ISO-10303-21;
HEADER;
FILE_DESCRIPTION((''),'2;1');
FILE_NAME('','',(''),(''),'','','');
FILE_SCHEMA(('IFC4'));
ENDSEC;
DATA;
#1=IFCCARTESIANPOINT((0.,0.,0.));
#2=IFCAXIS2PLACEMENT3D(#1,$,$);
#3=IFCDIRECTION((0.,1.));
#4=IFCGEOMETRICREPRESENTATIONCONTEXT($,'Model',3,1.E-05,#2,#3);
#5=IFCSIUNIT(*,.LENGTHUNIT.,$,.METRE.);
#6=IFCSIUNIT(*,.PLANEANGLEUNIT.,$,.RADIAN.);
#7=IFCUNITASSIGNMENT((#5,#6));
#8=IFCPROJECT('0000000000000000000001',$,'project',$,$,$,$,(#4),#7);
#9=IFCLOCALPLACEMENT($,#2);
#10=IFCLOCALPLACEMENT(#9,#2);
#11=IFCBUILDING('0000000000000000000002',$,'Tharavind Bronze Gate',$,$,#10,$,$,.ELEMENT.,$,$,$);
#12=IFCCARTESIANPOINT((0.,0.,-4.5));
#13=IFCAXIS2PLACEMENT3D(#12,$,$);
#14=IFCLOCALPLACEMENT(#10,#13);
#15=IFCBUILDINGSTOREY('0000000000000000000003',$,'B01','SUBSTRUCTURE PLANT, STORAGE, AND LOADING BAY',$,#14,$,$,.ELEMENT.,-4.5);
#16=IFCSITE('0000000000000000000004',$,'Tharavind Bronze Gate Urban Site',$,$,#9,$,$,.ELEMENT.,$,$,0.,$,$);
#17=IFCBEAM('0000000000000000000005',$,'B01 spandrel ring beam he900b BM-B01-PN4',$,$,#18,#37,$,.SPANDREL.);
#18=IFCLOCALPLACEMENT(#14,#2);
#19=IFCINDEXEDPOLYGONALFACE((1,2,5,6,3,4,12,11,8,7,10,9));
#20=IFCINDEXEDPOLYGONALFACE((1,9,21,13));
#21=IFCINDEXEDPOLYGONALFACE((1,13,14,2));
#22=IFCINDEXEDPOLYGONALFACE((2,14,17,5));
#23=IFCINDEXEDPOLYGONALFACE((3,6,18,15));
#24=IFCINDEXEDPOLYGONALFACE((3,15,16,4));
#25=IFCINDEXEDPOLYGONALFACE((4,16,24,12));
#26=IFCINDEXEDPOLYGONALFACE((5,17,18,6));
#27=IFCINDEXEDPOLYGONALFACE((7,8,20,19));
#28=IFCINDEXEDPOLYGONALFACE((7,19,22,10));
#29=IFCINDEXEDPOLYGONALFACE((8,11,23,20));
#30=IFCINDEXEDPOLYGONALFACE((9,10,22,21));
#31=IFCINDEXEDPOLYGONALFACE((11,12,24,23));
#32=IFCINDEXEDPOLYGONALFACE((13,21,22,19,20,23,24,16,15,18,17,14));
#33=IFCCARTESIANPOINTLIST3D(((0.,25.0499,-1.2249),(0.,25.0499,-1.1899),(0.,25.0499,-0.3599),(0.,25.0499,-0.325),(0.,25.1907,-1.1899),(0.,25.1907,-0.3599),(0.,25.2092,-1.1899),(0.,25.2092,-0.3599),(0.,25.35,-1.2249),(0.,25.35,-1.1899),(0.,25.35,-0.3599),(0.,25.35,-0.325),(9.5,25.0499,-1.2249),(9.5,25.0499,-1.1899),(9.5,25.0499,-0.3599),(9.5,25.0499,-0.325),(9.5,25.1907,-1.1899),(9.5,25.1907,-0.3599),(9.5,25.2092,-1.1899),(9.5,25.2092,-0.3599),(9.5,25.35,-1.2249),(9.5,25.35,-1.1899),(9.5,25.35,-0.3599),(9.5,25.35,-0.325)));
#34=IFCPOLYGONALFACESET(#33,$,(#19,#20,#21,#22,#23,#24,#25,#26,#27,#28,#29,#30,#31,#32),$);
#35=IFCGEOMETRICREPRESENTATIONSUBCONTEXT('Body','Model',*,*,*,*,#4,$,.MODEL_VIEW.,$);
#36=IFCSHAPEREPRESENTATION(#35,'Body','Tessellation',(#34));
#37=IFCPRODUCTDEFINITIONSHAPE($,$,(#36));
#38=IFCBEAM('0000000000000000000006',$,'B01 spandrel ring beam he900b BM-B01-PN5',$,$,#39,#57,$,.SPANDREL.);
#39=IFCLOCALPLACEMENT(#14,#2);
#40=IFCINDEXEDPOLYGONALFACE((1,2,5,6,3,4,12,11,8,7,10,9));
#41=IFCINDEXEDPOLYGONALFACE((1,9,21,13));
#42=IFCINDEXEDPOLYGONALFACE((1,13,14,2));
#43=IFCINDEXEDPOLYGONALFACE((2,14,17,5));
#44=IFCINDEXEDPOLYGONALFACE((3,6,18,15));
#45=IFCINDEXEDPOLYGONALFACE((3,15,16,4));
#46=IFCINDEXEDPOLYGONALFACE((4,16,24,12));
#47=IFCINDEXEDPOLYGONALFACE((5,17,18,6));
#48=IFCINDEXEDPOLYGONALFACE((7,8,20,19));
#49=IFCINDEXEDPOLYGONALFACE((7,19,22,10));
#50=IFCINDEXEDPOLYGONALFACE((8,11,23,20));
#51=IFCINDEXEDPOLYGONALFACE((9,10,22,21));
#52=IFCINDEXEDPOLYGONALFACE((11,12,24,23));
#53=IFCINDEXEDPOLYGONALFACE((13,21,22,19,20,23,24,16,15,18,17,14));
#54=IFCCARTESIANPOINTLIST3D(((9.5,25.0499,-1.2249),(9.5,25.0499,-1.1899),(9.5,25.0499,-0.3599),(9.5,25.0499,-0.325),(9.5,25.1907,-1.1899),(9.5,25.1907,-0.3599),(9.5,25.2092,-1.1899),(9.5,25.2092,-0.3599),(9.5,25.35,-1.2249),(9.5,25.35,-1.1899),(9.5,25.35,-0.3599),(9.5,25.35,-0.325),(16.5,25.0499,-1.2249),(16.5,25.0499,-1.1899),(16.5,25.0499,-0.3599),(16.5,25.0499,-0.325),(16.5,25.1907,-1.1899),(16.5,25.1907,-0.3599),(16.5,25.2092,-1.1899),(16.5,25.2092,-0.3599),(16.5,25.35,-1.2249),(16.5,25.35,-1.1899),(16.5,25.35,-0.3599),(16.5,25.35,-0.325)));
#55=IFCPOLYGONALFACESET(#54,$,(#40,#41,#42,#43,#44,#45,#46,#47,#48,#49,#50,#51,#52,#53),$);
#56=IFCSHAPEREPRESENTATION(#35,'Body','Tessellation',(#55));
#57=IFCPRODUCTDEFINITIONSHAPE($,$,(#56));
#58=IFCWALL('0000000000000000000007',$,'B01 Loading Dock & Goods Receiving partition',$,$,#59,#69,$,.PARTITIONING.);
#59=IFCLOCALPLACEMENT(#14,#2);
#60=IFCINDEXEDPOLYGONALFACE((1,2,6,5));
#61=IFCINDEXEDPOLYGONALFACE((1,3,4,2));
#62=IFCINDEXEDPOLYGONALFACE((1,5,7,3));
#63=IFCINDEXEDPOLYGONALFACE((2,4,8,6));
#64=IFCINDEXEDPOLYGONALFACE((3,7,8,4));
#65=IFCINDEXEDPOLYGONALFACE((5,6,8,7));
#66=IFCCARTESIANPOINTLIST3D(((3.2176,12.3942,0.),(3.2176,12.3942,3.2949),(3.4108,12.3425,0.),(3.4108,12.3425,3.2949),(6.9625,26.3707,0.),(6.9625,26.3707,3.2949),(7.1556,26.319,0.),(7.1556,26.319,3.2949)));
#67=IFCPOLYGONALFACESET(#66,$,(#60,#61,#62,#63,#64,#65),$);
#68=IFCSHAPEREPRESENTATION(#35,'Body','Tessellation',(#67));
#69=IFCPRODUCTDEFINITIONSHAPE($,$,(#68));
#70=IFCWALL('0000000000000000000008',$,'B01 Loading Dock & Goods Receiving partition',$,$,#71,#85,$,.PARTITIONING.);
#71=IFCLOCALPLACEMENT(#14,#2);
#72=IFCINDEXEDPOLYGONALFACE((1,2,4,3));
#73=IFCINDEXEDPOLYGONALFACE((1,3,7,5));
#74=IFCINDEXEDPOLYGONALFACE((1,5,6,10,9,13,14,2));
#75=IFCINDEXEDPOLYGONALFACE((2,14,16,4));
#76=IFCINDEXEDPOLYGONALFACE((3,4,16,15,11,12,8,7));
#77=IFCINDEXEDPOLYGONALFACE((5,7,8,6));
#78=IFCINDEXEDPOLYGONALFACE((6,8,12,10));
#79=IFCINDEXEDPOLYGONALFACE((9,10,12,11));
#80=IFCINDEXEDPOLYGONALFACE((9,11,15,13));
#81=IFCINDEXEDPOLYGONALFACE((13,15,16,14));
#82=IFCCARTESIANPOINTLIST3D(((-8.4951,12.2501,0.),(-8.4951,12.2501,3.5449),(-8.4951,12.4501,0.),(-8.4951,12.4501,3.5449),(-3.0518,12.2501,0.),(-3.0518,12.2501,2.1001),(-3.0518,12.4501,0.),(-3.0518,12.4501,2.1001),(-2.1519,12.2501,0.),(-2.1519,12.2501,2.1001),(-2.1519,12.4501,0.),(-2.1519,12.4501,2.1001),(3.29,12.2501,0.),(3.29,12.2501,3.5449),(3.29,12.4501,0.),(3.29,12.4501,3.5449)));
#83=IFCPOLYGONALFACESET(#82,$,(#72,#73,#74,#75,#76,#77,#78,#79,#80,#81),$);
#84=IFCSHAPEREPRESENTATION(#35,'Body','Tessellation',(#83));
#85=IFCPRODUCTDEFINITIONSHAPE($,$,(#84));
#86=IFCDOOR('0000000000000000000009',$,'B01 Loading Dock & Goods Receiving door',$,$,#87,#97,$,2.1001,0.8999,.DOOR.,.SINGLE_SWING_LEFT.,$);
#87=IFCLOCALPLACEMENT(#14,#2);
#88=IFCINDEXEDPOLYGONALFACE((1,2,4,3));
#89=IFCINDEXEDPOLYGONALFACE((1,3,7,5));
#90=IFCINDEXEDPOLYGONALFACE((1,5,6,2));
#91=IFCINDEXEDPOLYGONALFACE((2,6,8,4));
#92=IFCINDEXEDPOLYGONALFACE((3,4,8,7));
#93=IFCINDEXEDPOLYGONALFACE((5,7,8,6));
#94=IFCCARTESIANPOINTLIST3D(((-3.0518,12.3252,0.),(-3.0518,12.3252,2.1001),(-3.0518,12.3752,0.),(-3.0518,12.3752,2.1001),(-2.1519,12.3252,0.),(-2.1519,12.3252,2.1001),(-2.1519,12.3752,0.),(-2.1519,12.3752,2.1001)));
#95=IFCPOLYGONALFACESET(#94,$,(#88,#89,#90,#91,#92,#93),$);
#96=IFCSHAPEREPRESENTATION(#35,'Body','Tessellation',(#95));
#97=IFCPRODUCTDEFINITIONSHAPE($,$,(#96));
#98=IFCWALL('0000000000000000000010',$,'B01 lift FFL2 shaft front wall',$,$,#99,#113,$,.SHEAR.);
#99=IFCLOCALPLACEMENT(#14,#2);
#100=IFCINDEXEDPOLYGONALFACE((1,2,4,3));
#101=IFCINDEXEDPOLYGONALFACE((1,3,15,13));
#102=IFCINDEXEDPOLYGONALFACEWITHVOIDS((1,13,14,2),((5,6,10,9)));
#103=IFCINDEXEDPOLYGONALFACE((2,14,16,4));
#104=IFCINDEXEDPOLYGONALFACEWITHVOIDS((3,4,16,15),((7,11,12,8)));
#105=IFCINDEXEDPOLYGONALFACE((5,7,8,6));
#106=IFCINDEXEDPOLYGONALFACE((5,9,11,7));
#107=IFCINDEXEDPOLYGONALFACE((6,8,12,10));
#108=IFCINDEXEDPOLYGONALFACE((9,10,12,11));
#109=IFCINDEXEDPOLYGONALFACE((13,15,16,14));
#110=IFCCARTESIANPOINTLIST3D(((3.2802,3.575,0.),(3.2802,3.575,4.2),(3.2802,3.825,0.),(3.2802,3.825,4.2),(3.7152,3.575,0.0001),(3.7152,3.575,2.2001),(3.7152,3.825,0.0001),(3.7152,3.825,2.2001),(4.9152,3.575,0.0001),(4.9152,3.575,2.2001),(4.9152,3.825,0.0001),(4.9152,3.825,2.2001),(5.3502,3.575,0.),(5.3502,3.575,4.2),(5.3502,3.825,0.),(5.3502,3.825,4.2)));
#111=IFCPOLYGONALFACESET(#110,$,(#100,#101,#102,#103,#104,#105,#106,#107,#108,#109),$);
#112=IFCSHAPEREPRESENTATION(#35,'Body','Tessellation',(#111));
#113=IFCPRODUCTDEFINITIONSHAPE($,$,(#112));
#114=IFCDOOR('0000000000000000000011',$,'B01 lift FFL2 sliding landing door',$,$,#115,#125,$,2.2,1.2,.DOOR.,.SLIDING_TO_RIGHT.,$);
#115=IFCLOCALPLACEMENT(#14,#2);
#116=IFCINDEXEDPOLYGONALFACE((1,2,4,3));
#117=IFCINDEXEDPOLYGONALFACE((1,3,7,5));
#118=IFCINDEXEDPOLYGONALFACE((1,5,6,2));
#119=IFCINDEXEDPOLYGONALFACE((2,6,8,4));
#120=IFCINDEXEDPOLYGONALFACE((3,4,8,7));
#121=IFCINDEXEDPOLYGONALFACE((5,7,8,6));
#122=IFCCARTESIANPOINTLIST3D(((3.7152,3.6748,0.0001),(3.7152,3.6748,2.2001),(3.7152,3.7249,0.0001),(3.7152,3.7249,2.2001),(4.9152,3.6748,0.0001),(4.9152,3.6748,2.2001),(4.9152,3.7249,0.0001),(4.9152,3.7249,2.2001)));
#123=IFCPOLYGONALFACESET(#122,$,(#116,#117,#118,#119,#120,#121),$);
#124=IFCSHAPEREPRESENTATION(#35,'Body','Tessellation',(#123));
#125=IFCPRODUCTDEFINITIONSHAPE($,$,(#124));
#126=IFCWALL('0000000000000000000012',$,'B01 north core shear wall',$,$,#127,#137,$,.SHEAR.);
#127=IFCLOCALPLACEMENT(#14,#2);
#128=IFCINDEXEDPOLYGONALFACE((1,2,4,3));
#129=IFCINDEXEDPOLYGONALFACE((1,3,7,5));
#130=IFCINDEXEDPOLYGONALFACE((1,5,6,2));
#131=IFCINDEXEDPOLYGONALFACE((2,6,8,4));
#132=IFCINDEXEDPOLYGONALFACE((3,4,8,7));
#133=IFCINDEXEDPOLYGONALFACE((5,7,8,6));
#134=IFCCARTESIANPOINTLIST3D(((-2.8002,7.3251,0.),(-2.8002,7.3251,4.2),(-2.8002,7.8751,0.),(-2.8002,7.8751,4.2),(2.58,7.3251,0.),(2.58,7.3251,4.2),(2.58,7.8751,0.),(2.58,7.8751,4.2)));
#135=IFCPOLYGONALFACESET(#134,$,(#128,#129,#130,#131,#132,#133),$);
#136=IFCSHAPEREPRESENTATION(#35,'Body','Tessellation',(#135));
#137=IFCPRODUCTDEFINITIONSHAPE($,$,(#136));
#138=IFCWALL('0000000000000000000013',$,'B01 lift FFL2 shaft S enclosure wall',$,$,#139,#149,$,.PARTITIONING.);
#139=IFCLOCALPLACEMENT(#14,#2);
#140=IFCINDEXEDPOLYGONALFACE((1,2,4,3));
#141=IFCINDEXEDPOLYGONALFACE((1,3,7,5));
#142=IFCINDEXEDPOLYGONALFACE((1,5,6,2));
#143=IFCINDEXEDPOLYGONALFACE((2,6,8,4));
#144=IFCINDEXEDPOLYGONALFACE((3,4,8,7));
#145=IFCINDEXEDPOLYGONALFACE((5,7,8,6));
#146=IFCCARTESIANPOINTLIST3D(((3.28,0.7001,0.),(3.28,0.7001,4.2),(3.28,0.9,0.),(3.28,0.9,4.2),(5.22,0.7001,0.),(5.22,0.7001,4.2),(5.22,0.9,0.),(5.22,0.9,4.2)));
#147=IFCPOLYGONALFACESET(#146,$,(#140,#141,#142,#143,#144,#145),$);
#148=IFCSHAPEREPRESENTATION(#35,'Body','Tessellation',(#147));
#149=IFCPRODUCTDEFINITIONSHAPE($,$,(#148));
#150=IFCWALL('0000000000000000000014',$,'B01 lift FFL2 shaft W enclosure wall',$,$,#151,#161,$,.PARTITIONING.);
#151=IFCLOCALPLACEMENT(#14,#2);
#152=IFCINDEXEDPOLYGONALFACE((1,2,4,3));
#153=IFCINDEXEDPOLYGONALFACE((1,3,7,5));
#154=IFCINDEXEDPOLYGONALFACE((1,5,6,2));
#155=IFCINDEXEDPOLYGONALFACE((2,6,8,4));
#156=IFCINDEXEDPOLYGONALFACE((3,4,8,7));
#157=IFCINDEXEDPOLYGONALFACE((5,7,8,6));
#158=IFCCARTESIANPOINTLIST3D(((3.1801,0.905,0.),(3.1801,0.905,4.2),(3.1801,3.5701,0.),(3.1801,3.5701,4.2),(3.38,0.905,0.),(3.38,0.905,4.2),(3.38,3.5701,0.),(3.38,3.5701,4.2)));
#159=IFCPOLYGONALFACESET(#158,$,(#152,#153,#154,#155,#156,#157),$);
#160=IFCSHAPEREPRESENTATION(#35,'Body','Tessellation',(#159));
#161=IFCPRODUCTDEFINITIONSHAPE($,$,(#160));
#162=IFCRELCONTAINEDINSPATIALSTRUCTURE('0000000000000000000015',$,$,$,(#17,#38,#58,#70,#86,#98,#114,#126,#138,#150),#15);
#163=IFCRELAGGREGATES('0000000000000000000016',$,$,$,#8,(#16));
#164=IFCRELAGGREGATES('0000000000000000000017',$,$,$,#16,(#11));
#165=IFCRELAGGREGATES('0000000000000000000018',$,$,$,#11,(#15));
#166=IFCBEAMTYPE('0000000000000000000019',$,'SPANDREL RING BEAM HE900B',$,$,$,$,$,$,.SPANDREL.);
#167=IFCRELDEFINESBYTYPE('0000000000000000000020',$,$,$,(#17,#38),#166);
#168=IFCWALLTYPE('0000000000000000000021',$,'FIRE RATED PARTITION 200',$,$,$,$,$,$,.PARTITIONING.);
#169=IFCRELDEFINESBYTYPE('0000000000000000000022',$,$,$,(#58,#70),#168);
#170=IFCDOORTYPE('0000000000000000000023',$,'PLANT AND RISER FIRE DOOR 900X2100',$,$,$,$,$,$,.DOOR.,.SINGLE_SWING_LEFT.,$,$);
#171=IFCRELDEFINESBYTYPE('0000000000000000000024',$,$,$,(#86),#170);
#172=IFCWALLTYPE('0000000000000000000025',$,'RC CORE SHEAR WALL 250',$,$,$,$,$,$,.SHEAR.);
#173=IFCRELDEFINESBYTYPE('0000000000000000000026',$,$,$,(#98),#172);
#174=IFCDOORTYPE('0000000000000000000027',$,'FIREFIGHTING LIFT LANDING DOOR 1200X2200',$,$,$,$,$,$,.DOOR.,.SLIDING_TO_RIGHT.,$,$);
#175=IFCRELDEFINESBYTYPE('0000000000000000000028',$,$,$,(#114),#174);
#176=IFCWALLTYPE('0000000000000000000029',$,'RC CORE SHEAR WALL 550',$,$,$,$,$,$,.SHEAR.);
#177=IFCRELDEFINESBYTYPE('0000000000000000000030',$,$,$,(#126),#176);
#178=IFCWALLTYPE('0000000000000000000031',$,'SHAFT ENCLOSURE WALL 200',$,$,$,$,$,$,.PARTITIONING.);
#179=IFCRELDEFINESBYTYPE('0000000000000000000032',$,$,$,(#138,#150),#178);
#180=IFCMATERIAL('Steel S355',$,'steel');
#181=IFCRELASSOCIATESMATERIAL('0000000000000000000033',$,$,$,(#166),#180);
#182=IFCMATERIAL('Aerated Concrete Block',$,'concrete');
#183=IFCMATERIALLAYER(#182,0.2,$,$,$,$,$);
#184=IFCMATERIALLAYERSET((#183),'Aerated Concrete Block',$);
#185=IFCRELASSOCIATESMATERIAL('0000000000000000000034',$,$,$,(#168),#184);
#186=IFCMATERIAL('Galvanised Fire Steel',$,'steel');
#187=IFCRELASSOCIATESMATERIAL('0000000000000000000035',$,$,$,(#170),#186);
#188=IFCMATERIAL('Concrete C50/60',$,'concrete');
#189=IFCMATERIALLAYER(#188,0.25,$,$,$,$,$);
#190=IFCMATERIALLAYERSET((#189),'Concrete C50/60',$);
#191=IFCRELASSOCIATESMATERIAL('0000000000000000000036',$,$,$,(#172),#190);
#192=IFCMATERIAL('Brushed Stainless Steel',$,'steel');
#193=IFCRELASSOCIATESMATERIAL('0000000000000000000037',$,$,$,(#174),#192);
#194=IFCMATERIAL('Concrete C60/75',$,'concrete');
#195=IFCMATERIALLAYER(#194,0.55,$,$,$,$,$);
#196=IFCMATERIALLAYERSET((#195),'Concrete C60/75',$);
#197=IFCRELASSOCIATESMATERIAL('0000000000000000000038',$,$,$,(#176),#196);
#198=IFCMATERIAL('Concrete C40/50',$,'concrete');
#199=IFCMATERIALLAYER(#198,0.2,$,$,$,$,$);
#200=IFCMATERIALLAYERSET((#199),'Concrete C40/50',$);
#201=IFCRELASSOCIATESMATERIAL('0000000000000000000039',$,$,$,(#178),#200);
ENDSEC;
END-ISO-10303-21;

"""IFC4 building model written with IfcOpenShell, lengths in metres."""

from ifc_helpers import new_model, si_unit, direction, frame, frame_2d, origin, origin_2d, place, context, subcontext, project, spatial, rectangle, i_section, extrude, material, layer, layer_set, material_profile, profile_set, type_object, element, fill, save


model = new_model("IFC4")

# Units and contexts
model_context = context("Model", 3, precision=1e-05, world=origin(), true_north=direction((0.0, 1.0)))
body_context = subcontext(model_context, "Body", "Model", "MODEL_VIEW")
ifc_project = project(units=[si_unit("LENGTHUNIT", "METRE"), si_unit("PLANEANGLEUNIT", "RADIAN")], contexts=[model_context])

# Site, building, storey
site_placement = place(None, origin())
site = spatial("IfcSite", under=ifc_project, at=site_placement, Name="Tharavind Bronze Gate Urban Site", CompositionType="ELEMENT", RefElevation=0.0)
building_placement = place(site_placement, origin())
building = spatial("IfcBuilding", under=site, at=building_placement, Name="Tharavind Bronze Gate", CompositionType="ELEMENT")
storey_placement = place(building_placement, frame((0.0, 0.0, -4.5)))
storey = spatial("IfcBuildingStorey", under=building, at=storey_placement, Name="B01", Description="SUBSTRUCTURE PLANT, STORAGE, AND LOADING BAY", CompositionType="ELEMENT", Elevation=-4.5)

# Beams
ifc_material_1 = material(Name="Concrete C50/60", Category="concrete")
ifc_material_2 = material(Name="Steel S355", Category="steel")
ifc_material_profile_1 = material_profile(ifc_material_2, i_section(OverallWidth=0.3, OverallDepth=0.8999, WebThickness=0.0186, FlangeThickness=0.0349, at=origin_2d()), Name="HE900B")
ifc_profile_set_1 = profile_set([ifc_material_profile_1], Name="Steel S355")
beam_type_1 = type_object("IfcBeamType", Name="SPANDREL RING BEAM HE900B", PredefinedType="SPANDREL", material=ifc_profile_set_1)
beam_1_placement = place(storey_placement, frame((0.0, 25.2, -0.7749), z_axis=(1.0, 0.0, 0.0), x_axis=(0.0, 1.0, 0.0)))
element("IfcBeam", 1, at=beam_1_placement, inside=storey, type_object=beam_type_1, Name="B01 spandrel ring beam he900b BM-B01-PN4", PredefinedType="SPANDREL", context=body_context, shape_type="SweptSolid", body=[
    extrude(i_section(OverallWidth=0.3, OverallDepth=0.8999, WebThickness=0.0186, FlangeThickness=0.0349, at=origin_2d()), origin(), (0.0, 0.0, 1.0), 9.5),
])
beam_2_placement = place(storey_placement, frame((9.5, 25.2, -0.7749), z_axis=(1.0, 0.0, 0.0), x_axis=(0.0, 1.0, 0.0)))
element("IfcBeam", 2, at=beam_2_placement, inside=storey, type_object=beam_type_1, Name="B01 spandrel ring beam he900b BM-B01-PN5", PredefinedType="SPANDREL", context=body_context, shape_type="SweptSolid", body=[
    extrude(i_section(OverallWidth=0.3, OverallDepth=0.8999, WebThickness=0.0186, FlangeThickness=0.0349, at=origin_2d()), origin(), (0.0, 0.0, 1.0), 7.0),
])

# Wall
ifc_material_3 = material(Name="Aerated Concrete Block", Category="concrete")
ifc_layer_1 = layer(ifc_material_3, 0.2)
ifc_layer_set_1 = layer_set([ifc_layer_1], Name="Aerated Concrete Block")
wall_type_1 = type_object("IfcWallType", Name="FIRE RATED PARTITION 200", PredefinedType="PARTITIONING", material=ifc_layer_set_1)
wall_1_placement = place(storey_placement, frame((7.0591, 26.345, 0.0), z_axis=(0.0, 0.0, 1.0), x_axis=(-0.25881, -0.965928, 0.0)))
element("IfcWall", 3, at=wall_1_placement, inside=storey, type_object=wall_type_1, Name="B01 Loading Dock & Goods Receiving partition", PredefinedType="PARTITIONING", context=body_context, shape_type="SweptSolid", body=[
    extrude(rectangle(XDim=14.4695, YDim=0.2, at=frame_2d((7.2349, 0.0))), origin(), (0.0, 0.0, 1.0), 3.2949),
])

# Walls, openings, doors
wall_2_placement = place(storey_placement, frame((3.29, 12.3501, 0.0), z_axis=(0.0, 0.0, 1.0), x_axis=(-1.0, 0.0, 0.0)))
wall_2 = element("IfcWall", 4, at=wall_2_placement, inside=storey, type_object=wall_type_1, Name="B01 Loading Dock & Goods Receiving partition", PredefinedType="PARTITIONING", context=body_context, shape_type="SweptSolid", body=[
    extrude(rectangle(XDim=11.7852, YDim=0.2, at=frame_2d((5.8926, 0.0))), origin(), (0.0, 0.0, 1.0), 3.5449),
])
opening_1_placement = place(wall_2_placement, frame((5.4419, 0.0, 0.0)))
opening_1 = element("IfcOpeningElement", 5, at=opening_1_placement, cuts=wall_2, PredefinedType="OPENING", context=body_context, shape_type="SweptSolid", body=[
    extrude(rectangle(XDim=0.8999, YDim=2.1001, at=frame_2d((0.45, 1.05))), frame((0.0, 0.1101, 0.0), z_axis=(0.0, -1.0, 0.0), x_axis=(1.0, 0.0, 0.0)), (0.0, 0.0, 1.0), 0.22),
])
ifc_material_4 = material(Name="Galvanised Fire Steel", Category="steel")
door_type_1 = type_object("IfcDoorType", Name="PLANT AND RISER FIRE DOOR 900X2100", OperationType="SINGLE_SWING_LEFT", PredefinedType="DOOR", material=ifc_material_4)
door_1_placement = place(opening_1_placement, origin())
door_1 = element("IfcDoor", 6, at=door_1_placement, inside=storey, type_object=door_type_1, Name="B01 Loading Dock & Goods Receiving door", OperationType="SINGLE_SWING_LEFT", OverallHeight=2.1001, OverallWidth=0.8999, PredefinedType="DOOR", context=body_context, shape_type="SweptSolid", body=[
    extrude(rectangle(XDim=0.8999, YDim=2.1001, at=frame_2d((0.45, 1.05))), frame((0.0, 0.0249, 0.0), z_axis=(0.0, -1.0, 0.0), x_axis=(1.0, 0.0, 0.0)), (0.0, 0.0, 1.0), 0.05),
])
fill(opening_1, door_1)
ifc_layer_2 = layer(ifc_material_1, 0.25)
ifc_layer_set_2 = layer_set([ifc_layer_2], Name="Concrete C50/60")
wall_type_2 = type_object("IfcWallType", Name="RC CORE SHEAR WALL 250", PredefinedType="SHEAR", material=ifc_layer_set_2)
wall_3_placement = place(storey_placement, frame((3.28, 3.7, 0.0), z_axis=(0.0, 0.0, 1.0), x_axis=(1.0, 0.0, 0.0)))
wall_3 = element("IfcWall", 7, at=wall_3_placement, inside=storey, type_object=wall_type_2, Name="B01 lift FFL2 shaft front wall", PredefinedType="SHEAR", context=body_context, shape_type="SweptSolid", body=[
    extrude(rectangle(XDim=2.0701, YDim=0.25, at=frame_2d((1.0352, 0.0))), origin(), (0.0, 0.0, 1.0), 4.2),
])
opening_2_placement = place(wall_3_placement, frame((0.4351, 0.0, 0.0)))
opening_2 = element("IfcOpeningElement", 8, at=opening_2_placement, cuts=wall_3, PredefinedType="OPENING", context=body_context, shape_type="SweptSolid", body=[
    extrude(rectangle(XDim=1.2, YDim=2.2, at=frame_2d((0.6001, 1.1001))), frame((0.0, 0.135, 0.0), z_axis=(0.0, -1.0, 0.0), x_axis=(1.0, 0.0, 0.0)), (0.0, 0.0, 1.0), 0.27),
])
ifc_material_5 = material(Name="Brushed Stainless Steel", Category="steel")
door_type_2 = type_object("IfcDoorType", Name="FIREFIGHTING LIFT LANDING DOOR 1200X2200", OperationType="SLIDING_TO_RIGHT", PredefinedType="DOOR", material=ifc_material_5)
door_2_placement = place(opening_2_placement, origin())
door_2 = element("IfcDoor", 9, at=door_2_placement, inside=storey, type_object=door_type_2, Name="B01 lift FFL2 sliding landing door", OperationType="SLIDING_TO_RIGHT", OverallHeight=2.2, OverallWidth=1.2, PredefinedType="DOOR", context=body_context, shape_type="SweptSolid", body=[
    extrude(rectangle(XDim=1.2, YDim=2.2, at=frame_2d((0.6001, 1.1001))), frame((0.0, 0.0249, 0.0), z_axis=(0.0, -1.0, 0.0), x_axis=(1.0, 0.0, 0.0)), (0.0, 0.0, 1.0), 0.05),
])
fill(opening_2, door_2)

# Walls
ifc_material_6 = material(Name="Concrete C60/75", Category="concrete")
ifc_layer_3 = layer(ifc_material_6, 0.55)
ifc_layer_set_3 = layer_set([ifc_layer_3], Name="Concrete C60/75")
wall_type_3 = type_object("IfcWallType", Name="RC CORE SHEAR WALL 550", PredefinedType="SHEAR", material=ifc_layer_set_3)
wall_4_placement = place(storey_placement, frame((-2.8, 7.6001, 0.0), z_axis=(0.0, 0.0, 1.0), x_axis=(1.0, 0.0, 0.0)))
element("IfcWall", 10, at=wall_4_placement, inside=storey, type_object=wall_type_3, Name="B01 north core shear wall", PredefinedType="SHEAR", context=body_context, shape_type="SweptSolid", body=[
    extrude(rectangle(XDim=5.3801, YDim=0.55, at=frame_2d((2.6899, 0.0))), origin(), (0.0, 0.0, 1.0), 4.2),
])
ifc_material_7 = material(Name="Concrete C40/50", Category="concrete")
ifc_layer_4 = layer(ifc_material_7, 0.2)
ifc_layer_set_4 = layer_set([ifc_layer_4], Name="Concrete C40/50")
wall_type_4 = type_object("IfcWallType", Name="SHAFT ENCLOSURE WALL 200", PredefinedType="PARTITIONING", material=ifc_layer_set_4)
wall_5_placement = place(storey_placement, frame((3.28, 0.8, 0.0), z_axis=(0.0, 0.0, 1.0), x_axis=(1.0, 0.0, 0.0)))
element("IfcWall", 11, at=wall_5_placement, inside=storey, type_object=wall_type_4, Name="B01 lift FFL2 shaft S enclosure wall", PredefinedType="PARTITIONING", context=body_context, shape_type="SweptSolid", body=[
    extrude(rectangle(XDim=1.9399, YDim=0.2, at=frame_2d((0.97, 0.0))), origin(), (0.0, 0.0, 1.0), 4.2),
])
wall_6_placement = place(storey_placement, frame((3.28, 0.905, 0.0), z_axis=(0.0, 0.0, 1.0), x_axis=(0.0, 1.0, 0.0)))
element("IfcWall", 12, at=wall_6_placement, inside=storey, type_object=wall_type_4, Name="B01 lift FFL2 shaft W enclosure wall", PredefinedType="PARTITIONING", context=body_context, shape_type="SweptSolid", body=[
    extrude(rectangle(XDim=2.665, YDim=0.2, at=frame_2d((1.3325, 0.0))), origin(), (0.0, 0.0, 1.0), 4.2),
])

save(model, "model.ifc")
